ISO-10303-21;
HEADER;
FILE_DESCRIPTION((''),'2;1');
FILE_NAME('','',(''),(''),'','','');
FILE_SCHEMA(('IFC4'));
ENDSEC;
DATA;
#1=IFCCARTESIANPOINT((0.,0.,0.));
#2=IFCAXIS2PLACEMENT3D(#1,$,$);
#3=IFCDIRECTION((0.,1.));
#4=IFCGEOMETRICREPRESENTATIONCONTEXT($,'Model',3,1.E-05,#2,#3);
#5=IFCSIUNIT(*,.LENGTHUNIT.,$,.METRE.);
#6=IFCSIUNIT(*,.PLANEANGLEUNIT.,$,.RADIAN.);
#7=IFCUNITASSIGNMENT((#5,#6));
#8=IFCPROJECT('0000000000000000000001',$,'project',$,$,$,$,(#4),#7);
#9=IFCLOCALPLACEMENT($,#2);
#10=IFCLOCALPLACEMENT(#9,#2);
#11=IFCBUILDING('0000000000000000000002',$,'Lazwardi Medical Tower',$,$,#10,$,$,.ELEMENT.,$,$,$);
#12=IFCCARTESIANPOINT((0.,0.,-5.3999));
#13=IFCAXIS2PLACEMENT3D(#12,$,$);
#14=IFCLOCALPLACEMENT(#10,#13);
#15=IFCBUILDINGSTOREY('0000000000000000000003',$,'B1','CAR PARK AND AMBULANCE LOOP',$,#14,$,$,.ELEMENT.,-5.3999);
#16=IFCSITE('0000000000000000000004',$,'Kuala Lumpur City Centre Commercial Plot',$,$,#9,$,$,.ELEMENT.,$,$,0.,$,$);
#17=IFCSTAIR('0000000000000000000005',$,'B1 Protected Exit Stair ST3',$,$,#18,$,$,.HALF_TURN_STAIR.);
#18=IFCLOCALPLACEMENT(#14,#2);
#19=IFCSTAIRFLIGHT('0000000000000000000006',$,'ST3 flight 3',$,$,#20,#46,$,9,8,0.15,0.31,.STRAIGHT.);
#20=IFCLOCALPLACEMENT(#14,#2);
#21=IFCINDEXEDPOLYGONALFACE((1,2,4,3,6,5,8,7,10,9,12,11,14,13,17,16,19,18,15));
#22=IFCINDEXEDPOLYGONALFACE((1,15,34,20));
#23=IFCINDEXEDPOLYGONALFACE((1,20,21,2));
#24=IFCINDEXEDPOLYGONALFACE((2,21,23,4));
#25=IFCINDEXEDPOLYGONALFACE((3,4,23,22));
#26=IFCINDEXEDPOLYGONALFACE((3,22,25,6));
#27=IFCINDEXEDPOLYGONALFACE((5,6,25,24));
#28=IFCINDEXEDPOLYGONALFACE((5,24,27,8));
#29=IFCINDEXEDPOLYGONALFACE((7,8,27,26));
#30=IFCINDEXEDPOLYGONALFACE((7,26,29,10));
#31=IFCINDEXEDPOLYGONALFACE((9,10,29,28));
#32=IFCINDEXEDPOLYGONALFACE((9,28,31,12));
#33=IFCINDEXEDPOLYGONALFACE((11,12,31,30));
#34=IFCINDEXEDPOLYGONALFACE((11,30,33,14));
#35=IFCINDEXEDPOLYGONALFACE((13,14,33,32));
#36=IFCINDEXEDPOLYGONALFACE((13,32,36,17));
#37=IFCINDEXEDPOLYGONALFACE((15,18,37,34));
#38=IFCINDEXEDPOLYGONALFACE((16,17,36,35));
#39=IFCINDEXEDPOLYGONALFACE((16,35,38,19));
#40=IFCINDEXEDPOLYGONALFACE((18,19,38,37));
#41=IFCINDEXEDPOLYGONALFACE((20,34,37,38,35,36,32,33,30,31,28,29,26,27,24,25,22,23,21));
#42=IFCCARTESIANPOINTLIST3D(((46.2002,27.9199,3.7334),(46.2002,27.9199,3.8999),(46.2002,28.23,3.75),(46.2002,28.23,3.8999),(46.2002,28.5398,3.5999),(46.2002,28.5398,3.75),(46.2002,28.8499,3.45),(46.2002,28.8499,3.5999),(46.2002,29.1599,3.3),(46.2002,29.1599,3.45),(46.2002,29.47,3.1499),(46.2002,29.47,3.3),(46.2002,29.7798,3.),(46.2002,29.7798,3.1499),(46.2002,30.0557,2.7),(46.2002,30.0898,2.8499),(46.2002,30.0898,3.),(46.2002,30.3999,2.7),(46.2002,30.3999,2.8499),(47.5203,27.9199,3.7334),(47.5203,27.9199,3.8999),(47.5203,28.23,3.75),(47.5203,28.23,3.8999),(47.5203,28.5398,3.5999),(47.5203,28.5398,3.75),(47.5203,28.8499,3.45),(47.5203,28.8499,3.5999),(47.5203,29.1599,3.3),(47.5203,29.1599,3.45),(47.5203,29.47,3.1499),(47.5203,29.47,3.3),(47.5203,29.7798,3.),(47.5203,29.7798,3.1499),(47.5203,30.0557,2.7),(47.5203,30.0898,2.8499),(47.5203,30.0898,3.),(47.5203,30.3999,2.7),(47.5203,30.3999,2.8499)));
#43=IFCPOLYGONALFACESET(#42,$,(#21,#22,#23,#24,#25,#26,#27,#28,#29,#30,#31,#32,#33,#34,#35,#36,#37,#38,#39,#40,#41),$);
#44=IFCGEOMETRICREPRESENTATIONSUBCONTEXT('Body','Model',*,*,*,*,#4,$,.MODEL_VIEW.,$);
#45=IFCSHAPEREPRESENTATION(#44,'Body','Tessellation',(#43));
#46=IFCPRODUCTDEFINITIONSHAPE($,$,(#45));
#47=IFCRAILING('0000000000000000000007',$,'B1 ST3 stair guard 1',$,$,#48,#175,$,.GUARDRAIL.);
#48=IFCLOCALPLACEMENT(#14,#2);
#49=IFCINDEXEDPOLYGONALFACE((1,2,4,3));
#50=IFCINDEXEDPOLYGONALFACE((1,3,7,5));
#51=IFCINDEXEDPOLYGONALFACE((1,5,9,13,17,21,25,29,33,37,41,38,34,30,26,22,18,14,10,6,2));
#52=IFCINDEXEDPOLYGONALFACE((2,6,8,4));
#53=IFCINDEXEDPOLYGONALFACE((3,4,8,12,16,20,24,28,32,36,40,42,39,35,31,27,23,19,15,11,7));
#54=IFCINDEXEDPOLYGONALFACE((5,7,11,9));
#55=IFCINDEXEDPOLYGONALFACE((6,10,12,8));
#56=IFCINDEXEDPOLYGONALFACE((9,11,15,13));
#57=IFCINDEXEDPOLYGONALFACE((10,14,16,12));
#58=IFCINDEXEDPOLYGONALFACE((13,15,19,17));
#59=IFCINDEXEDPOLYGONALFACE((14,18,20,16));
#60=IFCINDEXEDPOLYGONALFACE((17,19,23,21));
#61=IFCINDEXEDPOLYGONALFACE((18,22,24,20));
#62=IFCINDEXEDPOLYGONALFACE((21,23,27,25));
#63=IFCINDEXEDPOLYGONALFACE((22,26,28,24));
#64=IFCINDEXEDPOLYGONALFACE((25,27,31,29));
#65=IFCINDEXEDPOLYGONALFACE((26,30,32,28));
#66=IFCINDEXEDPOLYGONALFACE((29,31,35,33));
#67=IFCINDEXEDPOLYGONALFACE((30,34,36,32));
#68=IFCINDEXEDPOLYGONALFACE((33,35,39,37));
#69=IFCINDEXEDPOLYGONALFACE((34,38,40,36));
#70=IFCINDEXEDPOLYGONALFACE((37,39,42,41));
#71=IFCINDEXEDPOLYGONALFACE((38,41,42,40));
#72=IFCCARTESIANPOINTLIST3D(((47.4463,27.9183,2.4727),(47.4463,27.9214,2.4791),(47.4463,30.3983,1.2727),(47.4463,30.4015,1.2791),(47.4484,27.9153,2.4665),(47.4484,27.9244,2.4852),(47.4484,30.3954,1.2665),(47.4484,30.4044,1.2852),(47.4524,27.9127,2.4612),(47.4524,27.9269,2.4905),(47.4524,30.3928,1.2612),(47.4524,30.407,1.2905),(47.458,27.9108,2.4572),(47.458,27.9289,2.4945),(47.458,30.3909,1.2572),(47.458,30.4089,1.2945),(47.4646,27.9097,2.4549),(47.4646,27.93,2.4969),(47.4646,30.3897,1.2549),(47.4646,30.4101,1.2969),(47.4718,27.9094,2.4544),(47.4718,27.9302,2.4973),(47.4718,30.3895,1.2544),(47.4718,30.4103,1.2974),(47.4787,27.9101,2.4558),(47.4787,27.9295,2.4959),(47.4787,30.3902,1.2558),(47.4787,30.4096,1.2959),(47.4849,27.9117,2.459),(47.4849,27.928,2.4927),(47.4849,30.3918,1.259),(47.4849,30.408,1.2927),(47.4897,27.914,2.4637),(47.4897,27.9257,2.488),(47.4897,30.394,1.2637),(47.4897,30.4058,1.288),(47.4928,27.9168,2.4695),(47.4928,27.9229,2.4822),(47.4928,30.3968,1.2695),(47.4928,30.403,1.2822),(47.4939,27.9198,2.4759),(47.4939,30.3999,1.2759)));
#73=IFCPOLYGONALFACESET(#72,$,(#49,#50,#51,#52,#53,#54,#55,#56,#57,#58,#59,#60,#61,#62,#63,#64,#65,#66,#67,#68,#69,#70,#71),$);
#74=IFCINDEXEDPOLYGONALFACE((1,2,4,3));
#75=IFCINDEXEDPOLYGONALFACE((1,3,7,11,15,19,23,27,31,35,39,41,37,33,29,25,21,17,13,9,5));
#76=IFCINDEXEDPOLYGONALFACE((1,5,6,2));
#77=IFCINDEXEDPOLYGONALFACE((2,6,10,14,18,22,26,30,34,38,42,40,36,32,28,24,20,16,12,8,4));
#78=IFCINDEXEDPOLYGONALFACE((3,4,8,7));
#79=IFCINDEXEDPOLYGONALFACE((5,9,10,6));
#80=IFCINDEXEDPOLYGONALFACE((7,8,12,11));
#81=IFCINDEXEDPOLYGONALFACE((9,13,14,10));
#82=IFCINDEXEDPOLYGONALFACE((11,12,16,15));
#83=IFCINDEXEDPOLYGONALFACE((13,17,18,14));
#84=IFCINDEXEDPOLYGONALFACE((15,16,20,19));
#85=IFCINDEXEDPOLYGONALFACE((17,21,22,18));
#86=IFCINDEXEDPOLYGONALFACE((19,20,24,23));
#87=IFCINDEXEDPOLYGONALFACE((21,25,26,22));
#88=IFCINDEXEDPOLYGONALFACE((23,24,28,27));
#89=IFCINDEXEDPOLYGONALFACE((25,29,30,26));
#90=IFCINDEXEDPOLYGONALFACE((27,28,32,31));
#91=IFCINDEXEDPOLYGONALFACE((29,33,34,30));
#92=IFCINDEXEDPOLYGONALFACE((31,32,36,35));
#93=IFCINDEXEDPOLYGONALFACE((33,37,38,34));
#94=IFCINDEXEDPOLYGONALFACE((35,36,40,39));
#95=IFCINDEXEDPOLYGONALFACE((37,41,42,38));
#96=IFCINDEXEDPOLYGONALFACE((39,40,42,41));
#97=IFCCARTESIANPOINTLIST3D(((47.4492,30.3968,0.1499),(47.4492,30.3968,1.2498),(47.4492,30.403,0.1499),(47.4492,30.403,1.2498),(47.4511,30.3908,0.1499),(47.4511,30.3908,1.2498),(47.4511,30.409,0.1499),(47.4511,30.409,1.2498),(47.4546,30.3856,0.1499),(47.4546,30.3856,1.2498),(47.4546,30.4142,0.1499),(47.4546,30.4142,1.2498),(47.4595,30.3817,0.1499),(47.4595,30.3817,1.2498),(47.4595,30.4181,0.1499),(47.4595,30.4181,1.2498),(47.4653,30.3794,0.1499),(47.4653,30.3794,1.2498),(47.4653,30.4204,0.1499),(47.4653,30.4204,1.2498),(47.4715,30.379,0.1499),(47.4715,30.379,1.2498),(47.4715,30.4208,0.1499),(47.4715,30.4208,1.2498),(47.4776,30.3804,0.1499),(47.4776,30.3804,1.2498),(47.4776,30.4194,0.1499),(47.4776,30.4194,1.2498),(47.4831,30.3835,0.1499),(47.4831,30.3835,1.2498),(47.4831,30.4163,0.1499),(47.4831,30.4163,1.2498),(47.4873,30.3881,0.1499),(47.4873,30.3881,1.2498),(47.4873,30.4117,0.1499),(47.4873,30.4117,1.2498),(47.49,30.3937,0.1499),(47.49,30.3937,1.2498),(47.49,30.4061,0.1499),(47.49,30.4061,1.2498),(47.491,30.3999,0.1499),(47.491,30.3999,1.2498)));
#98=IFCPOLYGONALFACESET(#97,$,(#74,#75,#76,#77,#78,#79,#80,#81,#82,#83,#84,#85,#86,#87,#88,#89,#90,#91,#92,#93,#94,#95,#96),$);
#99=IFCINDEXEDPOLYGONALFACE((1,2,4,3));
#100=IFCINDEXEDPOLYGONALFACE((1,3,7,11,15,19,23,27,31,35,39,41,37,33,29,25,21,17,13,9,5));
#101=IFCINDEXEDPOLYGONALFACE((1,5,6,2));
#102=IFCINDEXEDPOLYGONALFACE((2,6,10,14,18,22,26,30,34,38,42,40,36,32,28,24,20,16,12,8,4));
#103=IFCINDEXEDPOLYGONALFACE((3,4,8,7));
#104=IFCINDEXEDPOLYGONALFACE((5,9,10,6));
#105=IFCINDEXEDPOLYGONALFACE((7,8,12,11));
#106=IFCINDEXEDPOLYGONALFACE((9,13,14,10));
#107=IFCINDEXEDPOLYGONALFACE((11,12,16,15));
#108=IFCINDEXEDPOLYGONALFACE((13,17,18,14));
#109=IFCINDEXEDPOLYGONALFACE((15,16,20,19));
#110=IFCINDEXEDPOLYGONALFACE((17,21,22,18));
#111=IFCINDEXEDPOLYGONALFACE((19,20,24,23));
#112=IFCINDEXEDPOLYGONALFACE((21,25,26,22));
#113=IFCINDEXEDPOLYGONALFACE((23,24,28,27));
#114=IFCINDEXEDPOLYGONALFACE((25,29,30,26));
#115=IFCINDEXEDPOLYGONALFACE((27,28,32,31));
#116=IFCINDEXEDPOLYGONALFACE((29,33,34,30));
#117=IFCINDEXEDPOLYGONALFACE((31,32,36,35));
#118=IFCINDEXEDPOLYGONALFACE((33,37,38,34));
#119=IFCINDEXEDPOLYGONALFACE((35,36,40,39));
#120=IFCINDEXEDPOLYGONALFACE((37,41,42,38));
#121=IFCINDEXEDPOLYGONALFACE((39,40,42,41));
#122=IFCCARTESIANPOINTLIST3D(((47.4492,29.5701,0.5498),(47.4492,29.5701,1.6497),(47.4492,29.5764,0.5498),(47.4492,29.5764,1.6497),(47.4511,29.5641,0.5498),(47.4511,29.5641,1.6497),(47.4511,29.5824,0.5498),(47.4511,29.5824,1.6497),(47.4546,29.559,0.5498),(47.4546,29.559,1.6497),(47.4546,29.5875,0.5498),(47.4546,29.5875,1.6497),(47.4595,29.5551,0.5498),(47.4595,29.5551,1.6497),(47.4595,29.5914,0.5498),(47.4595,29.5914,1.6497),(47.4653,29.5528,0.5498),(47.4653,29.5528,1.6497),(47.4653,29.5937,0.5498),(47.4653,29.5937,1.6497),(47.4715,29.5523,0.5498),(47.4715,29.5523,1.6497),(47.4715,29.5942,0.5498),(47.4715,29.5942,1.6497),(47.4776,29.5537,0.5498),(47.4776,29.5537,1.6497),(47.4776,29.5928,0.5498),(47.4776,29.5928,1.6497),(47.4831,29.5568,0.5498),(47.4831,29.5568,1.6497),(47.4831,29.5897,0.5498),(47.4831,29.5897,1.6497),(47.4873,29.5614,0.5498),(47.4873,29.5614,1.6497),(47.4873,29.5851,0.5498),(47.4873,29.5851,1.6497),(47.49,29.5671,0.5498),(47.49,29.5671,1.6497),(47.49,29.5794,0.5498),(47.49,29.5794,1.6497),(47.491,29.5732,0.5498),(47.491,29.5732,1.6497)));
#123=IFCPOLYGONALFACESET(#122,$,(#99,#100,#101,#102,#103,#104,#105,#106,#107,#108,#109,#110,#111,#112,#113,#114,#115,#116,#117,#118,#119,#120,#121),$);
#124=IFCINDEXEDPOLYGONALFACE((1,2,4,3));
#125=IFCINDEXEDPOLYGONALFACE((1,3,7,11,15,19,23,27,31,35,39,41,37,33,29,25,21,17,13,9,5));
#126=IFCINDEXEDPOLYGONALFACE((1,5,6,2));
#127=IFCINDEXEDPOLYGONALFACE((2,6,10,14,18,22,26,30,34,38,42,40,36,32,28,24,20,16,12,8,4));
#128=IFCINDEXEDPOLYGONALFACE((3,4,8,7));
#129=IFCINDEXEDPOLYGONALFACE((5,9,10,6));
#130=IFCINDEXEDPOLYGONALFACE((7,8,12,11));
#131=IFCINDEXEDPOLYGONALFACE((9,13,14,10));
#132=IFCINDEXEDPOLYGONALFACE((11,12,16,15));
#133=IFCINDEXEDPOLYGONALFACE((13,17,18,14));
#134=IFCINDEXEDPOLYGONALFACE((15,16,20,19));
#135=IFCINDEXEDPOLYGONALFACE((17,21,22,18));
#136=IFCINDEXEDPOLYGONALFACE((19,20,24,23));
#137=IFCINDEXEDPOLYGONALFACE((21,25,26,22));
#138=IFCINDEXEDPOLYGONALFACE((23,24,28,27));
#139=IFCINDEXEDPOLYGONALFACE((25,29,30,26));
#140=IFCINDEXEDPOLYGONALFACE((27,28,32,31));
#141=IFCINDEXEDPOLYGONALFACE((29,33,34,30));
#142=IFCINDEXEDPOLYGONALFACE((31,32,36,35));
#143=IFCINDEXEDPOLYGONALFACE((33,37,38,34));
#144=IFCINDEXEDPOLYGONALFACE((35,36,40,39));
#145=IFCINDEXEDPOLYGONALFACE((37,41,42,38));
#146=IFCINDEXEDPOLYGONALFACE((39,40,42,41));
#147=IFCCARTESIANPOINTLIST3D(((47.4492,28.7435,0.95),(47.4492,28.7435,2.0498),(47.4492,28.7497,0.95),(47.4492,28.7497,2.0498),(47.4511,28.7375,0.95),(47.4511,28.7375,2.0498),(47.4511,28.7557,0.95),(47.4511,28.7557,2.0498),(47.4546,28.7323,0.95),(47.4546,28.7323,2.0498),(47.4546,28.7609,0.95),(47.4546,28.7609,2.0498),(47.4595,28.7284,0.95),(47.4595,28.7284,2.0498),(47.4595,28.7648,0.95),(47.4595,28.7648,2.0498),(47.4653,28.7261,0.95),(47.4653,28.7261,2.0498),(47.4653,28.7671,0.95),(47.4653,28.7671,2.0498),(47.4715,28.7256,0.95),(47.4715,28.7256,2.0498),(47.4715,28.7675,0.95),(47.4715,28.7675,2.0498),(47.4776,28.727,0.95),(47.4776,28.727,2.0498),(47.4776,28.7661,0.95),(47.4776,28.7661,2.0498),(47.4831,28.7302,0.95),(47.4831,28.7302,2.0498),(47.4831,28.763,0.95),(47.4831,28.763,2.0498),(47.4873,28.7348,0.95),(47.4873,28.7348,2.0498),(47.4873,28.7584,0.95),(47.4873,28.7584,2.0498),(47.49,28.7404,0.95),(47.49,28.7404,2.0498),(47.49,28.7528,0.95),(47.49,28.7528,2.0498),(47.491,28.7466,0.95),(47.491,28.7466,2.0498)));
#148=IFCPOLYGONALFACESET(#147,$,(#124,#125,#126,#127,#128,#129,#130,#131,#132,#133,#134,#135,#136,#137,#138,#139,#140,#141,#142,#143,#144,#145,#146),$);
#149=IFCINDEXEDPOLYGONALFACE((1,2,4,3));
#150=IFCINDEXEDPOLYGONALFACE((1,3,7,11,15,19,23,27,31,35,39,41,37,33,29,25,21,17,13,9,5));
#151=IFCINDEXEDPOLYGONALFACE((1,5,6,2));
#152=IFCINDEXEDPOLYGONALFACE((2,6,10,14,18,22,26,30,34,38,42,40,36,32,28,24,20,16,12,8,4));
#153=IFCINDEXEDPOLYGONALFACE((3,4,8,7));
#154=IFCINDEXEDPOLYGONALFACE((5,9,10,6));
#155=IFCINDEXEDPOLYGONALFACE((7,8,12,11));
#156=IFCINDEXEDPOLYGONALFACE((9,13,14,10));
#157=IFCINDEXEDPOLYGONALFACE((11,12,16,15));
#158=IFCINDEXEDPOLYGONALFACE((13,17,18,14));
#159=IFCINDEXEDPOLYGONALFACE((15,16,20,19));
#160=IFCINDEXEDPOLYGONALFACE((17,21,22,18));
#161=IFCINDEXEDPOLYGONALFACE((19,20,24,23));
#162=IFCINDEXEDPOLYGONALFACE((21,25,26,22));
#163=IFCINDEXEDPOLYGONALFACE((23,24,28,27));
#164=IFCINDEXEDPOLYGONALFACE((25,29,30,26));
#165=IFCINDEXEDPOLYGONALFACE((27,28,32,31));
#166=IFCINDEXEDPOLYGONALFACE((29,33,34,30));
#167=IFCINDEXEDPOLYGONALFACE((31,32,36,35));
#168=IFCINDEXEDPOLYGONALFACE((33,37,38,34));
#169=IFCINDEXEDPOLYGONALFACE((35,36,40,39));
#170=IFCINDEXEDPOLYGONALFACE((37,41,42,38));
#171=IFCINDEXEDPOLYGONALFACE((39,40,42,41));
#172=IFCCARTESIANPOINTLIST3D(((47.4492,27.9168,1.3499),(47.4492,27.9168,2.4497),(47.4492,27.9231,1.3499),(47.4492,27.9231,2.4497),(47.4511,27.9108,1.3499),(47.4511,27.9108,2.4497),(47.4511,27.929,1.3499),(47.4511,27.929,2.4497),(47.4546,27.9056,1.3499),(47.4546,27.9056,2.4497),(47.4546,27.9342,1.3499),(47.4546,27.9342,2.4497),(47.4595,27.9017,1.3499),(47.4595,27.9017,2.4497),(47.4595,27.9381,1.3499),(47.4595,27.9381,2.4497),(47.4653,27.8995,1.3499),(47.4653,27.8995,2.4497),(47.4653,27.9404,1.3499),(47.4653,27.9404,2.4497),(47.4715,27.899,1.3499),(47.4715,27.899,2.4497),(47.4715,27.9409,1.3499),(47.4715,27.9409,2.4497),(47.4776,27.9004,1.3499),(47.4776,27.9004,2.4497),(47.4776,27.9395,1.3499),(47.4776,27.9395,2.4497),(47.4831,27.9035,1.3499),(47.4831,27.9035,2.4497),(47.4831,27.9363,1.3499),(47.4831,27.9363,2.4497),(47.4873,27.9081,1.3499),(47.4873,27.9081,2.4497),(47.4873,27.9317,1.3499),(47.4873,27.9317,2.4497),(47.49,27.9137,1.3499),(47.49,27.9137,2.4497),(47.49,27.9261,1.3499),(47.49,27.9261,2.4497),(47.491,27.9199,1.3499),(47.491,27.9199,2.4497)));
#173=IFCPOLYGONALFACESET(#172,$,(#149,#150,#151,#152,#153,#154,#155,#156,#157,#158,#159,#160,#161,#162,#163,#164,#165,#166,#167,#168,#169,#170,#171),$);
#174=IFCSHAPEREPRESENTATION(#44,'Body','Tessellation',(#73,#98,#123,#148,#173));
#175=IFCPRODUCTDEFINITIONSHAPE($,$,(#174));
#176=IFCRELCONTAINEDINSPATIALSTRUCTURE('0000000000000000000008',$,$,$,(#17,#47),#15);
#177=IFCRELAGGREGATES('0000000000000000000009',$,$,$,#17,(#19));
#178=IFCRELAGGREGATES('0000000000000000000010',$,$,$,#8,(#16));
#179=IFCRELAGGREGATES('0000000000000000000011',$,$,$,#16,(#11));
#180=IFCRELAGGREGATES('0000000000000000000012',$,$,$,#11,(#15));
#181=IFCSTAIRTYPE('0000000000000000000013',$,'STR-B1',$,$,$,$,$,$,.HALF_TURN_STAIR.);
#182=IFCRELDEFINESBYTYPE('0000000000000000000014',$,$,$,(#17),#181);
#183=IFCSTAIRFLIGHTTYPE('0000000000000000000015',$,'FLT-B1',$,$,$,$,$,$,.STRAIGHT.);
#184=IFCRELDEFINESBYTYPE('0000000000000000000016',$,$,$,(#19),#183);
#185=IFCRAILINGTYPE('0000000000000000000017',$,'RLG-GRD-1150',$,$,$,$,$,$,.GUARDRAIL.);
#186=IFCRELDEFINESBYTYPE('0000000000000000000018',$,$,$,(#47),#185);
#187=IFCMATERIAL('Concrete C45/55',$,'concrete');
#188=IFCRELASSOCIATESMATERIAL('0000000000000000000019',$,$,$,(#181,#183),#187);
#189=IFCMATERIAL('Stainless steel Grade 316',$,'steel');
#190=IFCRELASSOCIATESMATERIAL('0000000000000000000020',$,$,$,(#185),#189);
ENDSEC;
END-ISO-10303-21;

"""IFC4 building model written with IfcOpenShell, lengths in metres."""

from ifc_helpers import new_model, si_unit, direction, frame, origin, origin_2d, place, context, subcontext, project, spatial, polyline, circle, outline, extrude, material, type_object, element, aggregate, save


model = new_model("IFC4")

# Units and contexts
model_context = context("Model", 3, precision=1e-05, world=origin(), true_north=direction((0.0, 1.0)))
body_context = subcontext(model_context, "Body", "Model", "MODEL_VIEW")
ifc_project = project(units=[si_unit("LENGTHUNIT", "METRE"), si_unit("PLANEANGLEUNIT", "RADIAN")], contexts=[model_context])

# Site, building, storey
site_placement = place(None, origin())
site = spatial("IfcSite", under=ifc_project, at=site_placement, Name="Kuala Lumpur City Centre Commercial Plot", CompositionType="ELEMENT", RefElevation=0.0)
building_placement = place(site_placement, origin())
building = spatial("IfcBuilding", under=site, at=building_placement, Name="Lazwardi Medical Tower", CompositionType="ELEMENT")
storey_placement = place(building_placement, frame((0.0, 0.0, -5.3999)))
storey = spatial("IfcBuildingStorey", under=building, at=storey_placement, Name="B1", Description="CAR PARK AND AMBULANCE LOOP", CompositionType="ELEMENT", Elevation=-5.3999)

# Stair, stair flight
ifc_material_1 = material(Name="Concrete C45/55", Category="concrete")
stair_type = type_object("IfcStairType", Name="STR-B1", PredefinedType="HALF_TURN_STAIR", material=ifc_material_1)
stair_placement = place(storey_placement, origin())
stair = element("IfcStair", 1, at=stair_placement, inside=storey, type_object=stair_type, Name="B1 Protected Exit Stair ST3", PredefinedType="HALF_TURN_STAIR")
stair_flight_type = type_object("IfcStairFlightType", Name="FLT-B1", PredefinedType="STRAIGHT", material=ifc_material_1)
stair_flight_1_placement = place(storey_placement, frame((46.8601, 30.3999, 2.7), z_axis=(0.0, 0.0, 1.0), x_axis=(0.0, -1.0, 0.0)))
stair_flight_1 = element("IfcStairFlight", 2, at=stair_flight_1_placement, type_object=stair_flight_type, Name="ST3 flight 3", NumberOfRisers=9, NumberOfTreads=8, PredefinedType="STRAIGHT", RiserHeight=0.15, TreadLength=0.31, context=body_context, shape_type="SweptSolid", body=[
    extrude(outline(polyline([(0.0, 0.0), (0.0, 0.1499), (0.3101, 0.1499), (0.3101, 0.3), (0.6201, 0.3), (0.6201, 0.45), (0.9299, 0.45), (0.9299, 0.6001), (1.24, 0.6001), (1.24, 0.75), (1.55, 0.75), (1.55, 0.8999), (1.8601, 0.8999), (1.8601, 1.05), (2.1699, 1.05), (2.1699, 1.2), (2.48, 1.2), (2.48, 1.3501), (2.48, 1.0334), (0.3442, 0.0), (0.0, 0.0)])), frame((0.0, 0.6602, 0.0), z_axis=(0.0, -1.0, 0.0), x_axis=(1.0, 0.0, 0.0)), (0.0, 0.0, 1.0), 1.3201),
])
aggregate(stair, [stair_flight_1])

# Railing
ifc_material_2 = material(Name="Stainless steel Grade 316", Category="steel")
railing_type_1 = type_object("IfcRailingType", Name="RLG-GRD-1150", PredefinedType="GUARDRAIL", material=ifc_material_2)
railing_1_placement = place(storey_placement, frame((47.47, 30.3999, 0.1499)))
element("IfcRailing", 3, at=railing_1_placement, inside=storey, type_object=railing_type_1, Name="B1 ST3 stair guard 1", PredefinedType="GUARDRAIL", context=body_context, shape_type="SweptSolid", body=[
    extrude(circle(Radius=0.0239, at=origin_2d()), frame((0.0, 0.0, 1.126), z_axis=(0.0, -0.900165, 0.435549), x_axis=(1.0, 0.0, 0.0)), (0.0, 0.0, 1.0), 2.7551),
    extrude(circle(Radius=0.021, at=origin_2d()), origin(), (0.0, 0.0, 1.0), 1.0999),
    extrude(circle(Radius=0.021, at=origin_2d()), frame((0.0, -0.8267, 0.3999)), (0.0, 0.0, 1.0), 1.0999),
    extrude(circle(Radius=0.021, at=origin_2d()), frame((0.0, -1.6533, 0.8)), (0.0, 0.0, 1.0), 1.0999),
    extrude(circle(Radius=0.021, at=origin_2d()), frame((0.0, -2.48, 1.2)), (0.0, 0.0, 1.0), 1.0999),
])

save(model, "model.ifc")
